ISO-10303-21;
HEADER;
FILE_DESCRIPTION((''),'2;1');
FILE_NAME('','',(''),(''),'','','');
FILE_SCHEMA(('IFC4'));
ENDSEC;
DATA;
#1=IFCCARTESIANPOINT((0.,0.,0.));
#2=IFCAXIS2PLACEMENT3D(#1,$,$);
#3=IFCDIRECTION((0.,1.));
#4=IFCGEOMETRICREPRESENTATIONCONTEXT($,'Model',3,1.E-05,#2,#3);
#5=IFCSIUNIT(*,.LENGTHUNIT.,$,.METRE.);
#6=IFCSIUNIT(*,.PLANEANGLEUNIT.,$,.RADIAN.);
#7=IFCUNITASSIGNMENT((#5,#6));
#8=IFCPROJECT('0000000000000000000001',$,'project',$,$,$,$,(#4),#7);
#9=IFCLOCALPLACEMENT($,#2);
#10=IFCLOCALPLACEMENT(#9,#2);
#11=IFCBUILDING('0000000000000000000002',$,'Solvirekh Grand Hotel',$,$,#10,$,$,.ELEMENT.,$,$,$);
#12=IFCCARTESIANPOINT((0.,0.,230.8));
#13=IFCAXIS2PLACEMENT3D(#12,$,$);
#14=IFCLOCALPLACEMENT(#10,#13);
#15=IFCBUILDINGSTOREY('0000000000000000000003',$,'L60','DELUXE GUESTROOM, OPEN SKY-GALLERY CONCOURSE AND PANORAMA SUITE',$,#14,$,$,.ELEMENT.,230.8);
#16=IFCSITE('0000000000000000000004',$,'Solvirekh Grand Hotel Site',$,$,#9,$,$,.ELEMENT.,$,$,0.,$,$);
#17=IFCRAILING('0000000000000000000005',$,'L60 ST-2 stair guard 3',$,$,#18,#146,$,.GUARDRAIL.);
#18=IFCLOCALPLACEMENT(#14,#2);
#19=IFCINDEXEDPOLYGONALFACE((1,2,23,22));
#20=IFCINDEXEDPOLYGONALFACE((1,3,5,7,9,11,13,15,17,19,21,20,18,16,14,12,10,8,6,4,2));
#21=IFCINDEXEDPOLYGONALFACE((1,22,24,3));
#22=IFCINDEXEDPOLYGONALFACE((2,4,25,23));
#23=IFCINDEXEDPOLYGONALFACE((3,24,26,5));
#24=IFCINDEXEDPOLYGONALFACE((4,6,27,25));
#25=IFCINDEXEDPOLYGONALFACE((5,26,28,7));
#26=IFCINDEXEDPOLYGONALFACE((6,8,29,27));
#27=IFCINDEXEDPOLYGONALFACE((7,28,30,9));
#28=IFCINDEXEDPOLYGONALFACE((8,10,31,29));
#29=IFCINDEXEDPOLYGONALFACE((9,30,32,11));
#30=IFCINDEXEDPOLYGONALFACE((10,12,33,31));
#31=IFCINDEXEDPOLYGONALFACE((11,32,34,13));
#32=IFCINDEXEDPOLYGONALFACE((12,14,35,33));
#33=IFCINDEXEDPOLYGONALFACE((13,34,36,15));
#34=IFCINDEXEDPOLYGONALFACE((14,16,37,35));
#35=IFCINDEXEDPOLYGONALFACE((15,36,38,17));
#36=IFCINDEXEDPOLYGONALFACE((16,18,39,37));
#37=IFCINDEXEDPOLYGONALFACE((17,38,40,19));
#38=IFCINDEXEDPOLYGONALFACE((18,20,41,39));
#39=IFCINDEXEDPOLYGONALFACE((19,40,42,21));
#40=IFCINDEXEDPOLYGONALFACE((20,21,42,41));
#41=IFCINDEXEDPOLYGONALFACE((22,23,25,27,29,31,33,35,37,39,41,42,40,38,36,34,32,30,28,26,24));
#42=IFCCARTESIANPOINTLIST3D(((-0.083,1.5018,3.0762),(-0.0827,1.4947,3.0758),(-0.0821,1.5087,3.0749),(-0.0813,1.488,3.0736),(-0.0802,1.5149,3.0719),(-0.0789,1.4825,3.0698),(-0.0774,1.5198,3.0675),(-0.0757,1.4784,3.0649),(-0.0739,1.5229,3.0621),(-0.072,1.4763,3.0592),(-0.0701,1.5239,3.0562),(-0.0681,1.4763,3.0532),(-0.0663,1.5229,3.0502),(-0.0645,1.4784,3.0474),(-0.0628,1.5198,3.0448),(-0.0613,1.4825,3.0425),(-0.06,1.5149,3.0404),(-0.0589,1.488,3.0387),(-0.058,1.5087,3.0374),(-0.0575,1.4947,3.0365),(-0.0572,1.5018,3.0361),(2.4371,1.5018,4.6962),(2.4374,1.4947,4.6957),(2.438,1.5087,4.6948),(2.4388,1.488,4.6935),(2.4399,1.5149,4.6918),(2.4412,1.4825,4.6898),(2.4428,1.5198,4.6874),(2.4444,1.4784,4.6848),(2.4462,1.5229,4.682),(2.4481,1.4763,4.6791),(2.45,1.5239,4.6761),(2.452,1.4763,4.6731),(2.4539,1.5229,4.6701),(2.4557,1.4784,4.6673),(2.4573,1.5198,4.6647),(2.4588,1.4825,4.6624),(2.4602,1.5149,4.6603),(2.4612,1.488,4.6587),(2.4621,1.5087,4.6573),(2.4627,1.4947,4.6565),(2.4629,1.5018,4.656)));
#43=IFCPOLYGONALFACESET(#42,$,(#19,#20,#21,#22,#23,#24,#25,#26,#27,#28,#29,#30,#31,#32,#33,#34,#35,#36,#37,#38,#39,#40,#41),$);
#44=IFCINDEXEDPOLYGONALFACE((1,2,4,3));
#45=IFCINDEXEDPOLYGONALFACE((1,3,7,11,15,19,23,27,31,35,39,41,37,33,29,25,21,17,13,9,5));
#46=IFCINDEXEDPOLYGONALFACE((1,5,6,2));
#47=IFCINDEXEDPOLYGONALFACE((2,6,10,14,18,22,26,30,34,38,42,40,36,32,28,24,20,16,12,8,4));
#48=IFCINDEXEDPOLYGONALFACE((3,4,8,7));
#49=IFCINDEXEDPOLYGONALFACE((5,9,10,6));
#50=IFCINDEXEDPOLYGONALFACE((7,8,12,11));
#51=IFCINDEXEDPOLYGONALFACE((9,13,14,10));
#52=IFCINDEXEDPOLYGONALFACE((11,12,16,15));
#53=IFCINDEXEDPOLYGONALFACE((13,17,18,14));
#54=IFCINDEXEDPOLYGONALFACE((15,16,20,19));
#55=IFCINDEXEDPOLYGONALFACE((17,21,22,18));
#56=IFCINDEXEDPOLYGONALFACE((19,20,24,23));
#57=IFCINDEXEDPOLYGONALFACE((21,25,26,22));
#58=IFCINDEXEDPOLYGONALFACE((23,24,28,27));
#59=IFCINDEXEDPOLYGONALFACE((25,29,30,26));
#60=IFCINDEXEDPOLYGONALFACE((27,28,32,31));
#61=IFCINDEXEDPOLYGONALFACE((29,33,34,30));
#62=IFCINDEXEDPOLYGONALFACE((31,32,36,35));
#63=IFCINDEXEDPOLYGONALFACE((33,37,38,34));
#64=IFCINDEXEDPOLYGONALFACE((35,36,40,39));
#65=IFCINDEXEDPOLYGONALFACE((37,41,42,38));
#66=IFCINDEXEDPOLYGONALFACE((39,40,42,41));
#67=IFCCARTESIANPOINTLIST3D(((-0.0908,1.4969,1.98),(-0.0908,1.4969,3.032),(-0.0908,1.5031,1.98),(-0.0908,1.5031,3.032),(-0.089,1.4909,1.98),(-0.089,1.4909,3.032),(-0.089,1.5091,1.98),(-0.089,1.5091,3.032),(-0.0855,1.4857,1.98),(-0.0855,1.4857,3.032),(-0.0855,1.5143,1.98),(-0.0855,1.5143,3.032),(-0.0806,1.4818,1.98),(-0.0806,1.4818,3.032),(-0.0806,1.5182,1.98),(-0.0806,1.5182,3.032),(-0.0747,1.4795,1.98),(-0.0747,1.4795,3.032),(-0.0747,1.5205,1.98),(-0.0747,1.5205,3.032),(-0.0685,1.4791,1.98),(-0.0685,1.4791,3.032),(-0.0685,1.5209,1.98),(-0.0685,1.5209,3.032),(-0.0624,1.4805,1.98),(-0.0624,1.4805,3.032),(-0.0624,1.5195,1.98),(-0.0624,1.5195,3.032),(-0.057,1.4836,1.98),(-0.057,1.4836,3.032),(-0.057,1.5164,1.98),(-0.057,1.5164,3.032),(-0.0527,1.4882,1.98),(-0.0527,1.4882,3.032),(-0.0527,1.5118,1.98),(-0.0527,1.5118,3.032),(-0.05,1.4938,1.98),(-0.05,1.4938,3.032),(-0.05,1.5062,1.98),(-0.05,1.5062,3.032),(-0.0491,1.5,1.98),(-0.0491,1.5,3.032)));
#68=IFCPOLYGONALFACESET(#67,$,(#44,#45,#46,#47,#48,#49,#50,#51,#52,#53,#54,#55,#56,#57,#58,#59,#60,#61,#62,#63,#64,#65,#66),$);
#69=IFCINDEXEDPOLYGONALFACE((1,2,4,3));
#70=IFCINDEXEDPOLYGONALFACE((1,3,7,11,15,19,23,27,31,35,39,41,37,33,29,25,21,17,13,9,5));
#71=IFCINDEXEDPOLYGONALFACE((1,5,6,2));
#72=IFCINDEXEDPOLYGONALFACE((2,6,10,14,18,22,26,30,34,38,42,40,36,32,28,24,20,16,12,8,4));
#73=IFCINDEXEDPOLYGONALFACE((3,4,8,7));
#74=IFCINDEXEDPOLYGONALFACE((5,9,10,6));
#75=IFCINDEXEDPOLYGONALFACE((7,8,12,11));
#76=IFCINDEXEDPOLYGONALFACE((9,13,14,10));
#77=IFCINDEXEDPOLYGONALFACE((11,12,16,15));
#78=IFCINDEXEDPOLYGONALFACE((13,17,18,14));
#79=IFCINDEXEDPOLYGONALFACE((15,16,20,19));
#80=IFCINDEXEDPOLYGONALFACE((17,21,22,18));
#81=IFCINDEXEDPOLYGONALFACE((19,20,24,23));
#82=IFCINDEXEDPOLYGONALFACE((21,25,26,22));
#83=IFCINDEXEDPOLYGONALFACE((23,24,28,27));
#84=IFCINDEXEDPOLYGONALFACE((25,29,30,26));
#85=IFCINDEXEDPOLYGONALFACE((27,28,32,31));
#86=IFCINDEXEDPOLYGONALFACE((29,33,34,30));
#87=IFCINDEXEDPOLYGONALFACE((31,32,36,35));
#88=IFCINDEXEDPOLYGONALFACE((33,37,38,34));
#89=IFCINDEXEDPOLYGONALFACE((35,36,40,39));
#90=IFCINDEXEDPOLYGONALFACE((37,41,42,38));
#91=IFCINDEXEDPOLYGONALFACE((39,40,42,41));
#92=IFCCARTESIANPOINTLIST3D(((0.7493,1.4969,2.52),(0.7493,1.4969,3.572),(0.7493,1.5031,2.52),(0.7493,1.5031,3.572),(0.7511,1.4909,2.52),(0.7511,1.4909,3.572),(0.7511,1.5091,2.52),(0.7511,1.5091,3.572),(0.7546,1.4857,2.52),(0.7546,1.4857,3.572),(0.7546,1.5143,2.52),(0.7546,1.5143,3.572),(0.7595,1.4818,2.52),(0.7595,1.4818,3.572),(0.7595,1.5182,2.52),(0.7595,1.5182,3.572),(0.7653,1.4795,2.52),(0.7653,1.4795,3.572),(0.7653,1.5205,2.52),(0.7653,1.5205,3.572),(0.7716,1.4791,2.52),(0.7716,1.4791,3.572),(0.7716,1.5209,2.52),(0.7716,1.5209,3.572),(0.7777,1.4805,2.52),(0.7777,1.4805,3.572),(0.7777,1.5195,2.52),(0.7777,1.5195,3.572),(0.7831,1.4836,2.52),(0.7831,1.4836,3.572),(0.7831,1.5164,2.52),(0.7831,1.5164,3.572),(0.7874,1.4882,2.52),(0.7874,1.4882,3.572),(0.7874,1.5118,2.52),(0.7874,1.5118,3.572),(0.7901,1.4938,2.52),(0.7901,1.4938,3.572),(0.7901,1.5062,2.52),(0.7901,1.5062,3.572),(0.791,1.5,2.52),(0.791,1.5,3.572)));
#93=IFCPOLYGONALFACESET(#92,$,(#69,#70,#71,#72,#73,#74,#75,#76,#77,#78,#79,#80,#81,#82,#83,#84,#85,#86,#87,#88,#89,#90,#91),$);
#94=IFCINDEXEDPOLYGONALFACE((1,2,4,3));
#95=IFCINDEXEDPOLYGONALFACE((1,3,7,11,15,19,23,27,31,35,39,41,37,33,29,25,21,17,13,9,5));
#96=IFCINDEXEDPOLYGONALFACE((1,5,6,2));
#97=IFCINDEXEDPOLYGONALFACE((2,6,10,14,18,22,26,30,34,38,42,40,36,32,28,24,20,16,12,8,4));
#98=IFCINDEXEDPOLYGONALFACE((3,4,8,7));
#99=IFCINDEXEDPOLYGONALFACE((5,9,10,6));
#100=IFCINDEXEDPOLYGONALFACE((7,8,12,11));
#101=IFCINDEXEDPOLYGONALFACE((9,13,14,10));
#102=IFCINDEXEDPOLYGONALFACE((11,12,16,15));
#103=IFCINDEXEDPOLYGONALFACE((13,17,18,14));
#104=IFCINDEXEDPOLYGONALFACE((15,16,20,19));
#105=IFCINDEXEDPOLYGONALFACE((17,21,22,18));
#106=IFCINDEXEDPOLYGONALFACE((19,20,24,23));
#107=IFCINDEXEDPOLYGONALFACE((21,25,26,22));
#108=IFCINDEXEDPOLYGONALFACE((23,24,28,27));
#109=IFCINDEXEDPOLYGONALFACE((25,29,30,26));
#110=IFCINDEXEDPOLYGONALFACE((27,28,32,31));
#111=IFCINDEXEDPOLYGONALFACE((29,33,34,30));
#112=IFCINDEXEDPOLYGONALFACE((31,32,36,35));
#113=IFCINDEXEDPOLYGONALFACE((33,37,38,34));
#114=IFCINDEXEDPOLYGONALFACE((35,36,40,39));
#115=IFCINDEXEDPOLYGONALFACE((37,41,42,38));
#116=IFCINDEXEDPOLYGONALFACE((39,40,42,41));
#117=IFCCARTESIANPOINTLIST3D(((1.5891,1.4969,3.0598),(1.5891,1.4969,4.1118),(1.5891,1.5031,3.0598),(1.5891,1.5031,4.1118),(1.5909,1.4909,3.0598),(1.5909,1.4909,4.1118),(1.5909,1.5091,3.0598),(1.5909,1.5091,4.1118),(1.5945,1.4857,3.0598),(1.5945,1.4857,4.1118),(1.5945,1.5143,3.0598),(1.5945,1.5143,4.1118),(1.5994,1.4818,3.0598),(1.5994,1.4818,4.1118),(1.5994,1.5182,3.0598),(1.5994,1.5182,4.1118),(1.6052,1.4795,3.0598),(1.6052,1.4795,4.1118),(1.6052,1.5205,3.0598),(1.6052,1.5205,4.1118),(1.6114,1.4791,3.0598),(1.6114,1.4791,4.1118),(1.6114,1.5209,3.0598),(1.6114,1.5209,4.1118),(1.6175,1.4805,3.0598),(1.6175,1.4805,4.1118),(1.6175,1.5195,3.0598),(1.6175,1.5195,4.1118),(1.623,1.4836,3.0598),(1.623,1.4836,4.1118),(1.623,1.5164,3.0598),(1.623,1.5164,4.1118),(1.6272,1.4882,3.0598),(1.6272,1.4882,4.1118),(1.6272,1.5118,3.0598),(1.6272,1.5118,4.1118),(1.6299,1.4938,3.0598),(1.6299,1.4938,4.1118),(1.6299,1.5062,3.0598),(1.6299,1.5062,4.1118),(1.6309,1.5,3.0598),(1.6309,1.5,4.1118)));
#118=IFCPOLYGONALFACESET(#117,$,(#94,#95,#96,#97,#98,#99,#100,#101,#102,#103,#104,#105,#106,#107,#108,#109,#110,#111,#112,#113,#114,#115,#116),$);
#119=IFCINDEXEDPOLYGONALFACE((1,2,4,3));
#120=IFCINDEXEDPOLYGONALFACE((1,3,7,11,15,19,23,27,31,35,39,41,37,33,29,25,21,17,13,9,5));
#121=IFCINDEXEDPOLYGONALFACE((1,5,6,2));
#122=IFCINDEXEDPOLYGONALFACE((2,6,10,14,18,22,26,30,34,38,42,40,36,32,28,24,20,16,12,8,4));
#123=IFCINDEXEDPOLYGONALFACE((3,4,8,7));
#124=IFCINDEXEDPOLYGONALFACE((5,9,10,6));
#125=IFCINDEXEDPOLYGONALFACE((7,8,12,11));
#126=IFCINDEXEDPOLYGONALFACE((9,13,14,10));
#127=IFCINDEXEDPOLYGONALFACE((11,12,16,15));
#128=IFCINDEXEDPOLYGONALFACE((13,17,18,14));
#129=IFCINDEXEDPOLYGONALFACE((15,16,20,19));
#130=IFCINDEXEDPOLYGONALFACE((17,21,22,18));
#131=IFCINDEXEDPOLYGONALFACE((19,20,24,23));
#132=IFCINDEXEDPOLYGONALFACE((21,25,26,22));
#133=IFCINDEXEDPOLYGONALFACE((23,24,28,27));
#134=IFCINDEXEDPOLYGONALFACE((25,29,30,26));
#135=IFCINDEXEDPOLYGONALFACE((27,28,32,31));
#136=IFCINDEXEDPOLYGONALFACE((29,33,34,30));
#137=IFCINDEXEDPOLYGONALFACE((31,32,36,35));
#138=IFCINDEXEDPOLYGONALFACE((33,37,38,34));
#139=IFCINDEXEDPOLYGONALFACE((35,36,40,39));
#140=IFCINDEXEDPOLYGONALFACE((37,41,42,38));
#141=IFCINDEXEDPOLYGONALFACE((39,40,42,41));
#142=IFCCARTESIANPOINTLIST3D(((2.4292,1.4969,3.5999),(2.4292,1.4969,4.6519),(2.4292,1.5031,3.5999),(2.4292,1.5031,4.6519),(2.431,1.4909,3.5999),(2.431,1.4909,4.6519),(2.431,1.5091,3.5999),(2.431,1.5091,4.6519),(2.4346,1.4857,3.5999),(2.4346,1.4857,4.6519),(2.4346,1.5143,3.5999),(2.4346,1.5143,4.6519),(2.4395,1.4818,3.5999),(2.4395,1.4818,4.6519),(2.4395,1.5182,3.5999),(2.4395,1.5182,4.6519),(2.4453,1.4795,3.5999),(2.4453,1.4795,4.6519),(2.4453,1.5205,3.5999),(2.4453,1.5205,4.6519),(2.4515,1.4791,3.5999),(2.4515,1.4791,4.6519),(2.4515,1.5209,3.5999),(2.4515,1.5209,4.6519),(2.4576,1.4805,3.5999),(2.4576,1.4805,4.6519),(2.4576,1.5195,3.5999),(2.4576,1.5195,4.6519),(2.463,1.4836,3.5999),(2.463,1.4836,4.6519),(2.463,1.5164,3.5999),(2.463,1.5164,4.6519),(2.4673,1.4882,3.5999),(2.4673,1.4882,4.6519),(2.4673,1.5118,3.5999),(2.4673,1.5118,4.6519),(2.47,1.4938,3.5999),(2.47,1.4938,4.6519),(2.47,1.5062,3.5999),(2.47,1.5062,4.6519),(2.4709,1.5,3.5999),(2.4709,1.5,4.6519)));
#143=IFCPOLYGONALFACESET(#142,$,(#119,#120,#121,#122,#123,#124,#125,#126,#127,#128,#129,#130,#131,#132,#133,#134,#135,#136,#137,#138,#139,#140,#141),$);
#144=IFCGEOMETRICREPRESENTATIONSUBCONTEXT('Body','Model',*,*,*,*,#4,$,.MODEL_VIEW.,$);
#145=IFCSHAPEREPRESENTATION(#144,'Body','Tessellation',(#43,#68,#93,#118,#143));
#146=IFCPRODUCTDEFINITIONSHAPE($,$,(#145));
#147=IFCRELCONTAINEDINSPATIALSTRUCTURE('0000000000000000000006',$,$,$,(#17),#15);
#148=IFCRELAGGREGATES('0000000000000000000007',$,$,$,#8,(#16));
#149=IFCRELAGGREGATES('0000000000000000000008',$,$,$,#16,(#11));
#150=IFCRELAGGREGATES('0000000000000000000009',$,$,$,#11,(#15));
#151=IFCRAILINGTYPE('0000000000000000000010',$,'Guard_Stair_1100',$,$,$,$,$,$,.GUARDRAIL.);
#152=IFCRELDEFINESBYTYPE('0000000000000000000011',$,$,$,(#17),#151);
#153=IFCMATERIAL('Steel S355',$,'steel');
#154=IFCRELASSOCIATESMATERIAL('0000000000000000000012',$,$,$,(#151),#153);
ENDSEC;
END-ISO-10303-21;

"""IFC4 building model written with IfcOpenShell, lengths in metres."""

from ifc_helpers import new_model, si_unit, direction, frame, origin, origin_2d, place, context, subcontext, project, spatial, circle, extrude, material, type_object, element, save


model = new_model("IFC4")

# Units and contexts
model_context = context("Model", 3, precision=1e-05, world=origin(), true_north=direction((0.0, 1.0)))
body_context = subcontext(model_context, "Body", "Model", "MODEL_VIEW")
ifc_project = project(units=[si_unit("LENGTHUNIT", "METRE"), si_unit("PLANEANGLEUNIT", "RADIAN")], contexts=[model_context])

# Site, building, storey
site_placement = place(None, origin())
site = spatial("IfcSite", under=ifc_project, at=site_placement, Name="Solvirekh Grand Hotel Site", CompositionType="ELEMENT", RefElevation=0.0)
building_placement = place(site_placement, origin())
building = spatial("IfcBuilding", under=site, at=building_placement, Name="Solvirekh Grand Hotel", CompositionType="ELEMENT")
storey_placement = place(building_placement, frame((0.0, 0.0, 230.8)))
storey = spatial("IfcBuildingStorey", under=building, at=storey_placement, Name="L60", Description="DELUXE GUESTROOM, OPEN SKY-GALLERY CONCOURSE AND PANORAMA SUITE", CompositionType="ELEMENT", Elevation=230.8)

# Railing
ifc_material_1 = material(Name="Steel S355", Category="steel")
railing_type = type_object("IfcRailingType", Name="Guard_Stair_1100", PredefinedType="GUARDRAIL", material=ifc_material_1)
railing_1_placement = place(storey_placement, frame((-0.0701, 1.5, 1.98)))
element("IfcRailing", 1, at=railing_1_placement, inside=storey, type_object=railing_type, Name="L60 ST-2 stair guard 3", PredefinedType="GUARDRAIL", context=body_context, shape_type="SweptSolid", body=[
    extrude(circle(Radius=0.0239, at=origin_2d()), frame((0.0, 0.0, 1.0762), z_axis=(0.8412, 0.0, 0.540725), x_axis=(0.0, 1.0, 0.0)), (0.0, 0.0, 1.0), 2.9958),
    extrude(circle(Radius=0.021, at=origin_2d()), origin(), (0.0, 0.0, 1.0), 1.052),
    extrude(circle(Radius=0.021, at=origin_2d()), frame((0.8401, 0.0, 0.54)), (0.0, 0.0, 1.0), 1.052),
    extrude(circle(Radius=0.021, at=origin_2d()), frame((1.6799, 0.0, 1.0798)), (0.0, 0.0, 1.0), 1.052),
    extrude(circle(Radius=0.021, at=origin_2d()), frame((2.52, 0.0, 1.6199)), (0.0, 0.0, 1.0), 1.052),
])

save(model, "model.ifc")
